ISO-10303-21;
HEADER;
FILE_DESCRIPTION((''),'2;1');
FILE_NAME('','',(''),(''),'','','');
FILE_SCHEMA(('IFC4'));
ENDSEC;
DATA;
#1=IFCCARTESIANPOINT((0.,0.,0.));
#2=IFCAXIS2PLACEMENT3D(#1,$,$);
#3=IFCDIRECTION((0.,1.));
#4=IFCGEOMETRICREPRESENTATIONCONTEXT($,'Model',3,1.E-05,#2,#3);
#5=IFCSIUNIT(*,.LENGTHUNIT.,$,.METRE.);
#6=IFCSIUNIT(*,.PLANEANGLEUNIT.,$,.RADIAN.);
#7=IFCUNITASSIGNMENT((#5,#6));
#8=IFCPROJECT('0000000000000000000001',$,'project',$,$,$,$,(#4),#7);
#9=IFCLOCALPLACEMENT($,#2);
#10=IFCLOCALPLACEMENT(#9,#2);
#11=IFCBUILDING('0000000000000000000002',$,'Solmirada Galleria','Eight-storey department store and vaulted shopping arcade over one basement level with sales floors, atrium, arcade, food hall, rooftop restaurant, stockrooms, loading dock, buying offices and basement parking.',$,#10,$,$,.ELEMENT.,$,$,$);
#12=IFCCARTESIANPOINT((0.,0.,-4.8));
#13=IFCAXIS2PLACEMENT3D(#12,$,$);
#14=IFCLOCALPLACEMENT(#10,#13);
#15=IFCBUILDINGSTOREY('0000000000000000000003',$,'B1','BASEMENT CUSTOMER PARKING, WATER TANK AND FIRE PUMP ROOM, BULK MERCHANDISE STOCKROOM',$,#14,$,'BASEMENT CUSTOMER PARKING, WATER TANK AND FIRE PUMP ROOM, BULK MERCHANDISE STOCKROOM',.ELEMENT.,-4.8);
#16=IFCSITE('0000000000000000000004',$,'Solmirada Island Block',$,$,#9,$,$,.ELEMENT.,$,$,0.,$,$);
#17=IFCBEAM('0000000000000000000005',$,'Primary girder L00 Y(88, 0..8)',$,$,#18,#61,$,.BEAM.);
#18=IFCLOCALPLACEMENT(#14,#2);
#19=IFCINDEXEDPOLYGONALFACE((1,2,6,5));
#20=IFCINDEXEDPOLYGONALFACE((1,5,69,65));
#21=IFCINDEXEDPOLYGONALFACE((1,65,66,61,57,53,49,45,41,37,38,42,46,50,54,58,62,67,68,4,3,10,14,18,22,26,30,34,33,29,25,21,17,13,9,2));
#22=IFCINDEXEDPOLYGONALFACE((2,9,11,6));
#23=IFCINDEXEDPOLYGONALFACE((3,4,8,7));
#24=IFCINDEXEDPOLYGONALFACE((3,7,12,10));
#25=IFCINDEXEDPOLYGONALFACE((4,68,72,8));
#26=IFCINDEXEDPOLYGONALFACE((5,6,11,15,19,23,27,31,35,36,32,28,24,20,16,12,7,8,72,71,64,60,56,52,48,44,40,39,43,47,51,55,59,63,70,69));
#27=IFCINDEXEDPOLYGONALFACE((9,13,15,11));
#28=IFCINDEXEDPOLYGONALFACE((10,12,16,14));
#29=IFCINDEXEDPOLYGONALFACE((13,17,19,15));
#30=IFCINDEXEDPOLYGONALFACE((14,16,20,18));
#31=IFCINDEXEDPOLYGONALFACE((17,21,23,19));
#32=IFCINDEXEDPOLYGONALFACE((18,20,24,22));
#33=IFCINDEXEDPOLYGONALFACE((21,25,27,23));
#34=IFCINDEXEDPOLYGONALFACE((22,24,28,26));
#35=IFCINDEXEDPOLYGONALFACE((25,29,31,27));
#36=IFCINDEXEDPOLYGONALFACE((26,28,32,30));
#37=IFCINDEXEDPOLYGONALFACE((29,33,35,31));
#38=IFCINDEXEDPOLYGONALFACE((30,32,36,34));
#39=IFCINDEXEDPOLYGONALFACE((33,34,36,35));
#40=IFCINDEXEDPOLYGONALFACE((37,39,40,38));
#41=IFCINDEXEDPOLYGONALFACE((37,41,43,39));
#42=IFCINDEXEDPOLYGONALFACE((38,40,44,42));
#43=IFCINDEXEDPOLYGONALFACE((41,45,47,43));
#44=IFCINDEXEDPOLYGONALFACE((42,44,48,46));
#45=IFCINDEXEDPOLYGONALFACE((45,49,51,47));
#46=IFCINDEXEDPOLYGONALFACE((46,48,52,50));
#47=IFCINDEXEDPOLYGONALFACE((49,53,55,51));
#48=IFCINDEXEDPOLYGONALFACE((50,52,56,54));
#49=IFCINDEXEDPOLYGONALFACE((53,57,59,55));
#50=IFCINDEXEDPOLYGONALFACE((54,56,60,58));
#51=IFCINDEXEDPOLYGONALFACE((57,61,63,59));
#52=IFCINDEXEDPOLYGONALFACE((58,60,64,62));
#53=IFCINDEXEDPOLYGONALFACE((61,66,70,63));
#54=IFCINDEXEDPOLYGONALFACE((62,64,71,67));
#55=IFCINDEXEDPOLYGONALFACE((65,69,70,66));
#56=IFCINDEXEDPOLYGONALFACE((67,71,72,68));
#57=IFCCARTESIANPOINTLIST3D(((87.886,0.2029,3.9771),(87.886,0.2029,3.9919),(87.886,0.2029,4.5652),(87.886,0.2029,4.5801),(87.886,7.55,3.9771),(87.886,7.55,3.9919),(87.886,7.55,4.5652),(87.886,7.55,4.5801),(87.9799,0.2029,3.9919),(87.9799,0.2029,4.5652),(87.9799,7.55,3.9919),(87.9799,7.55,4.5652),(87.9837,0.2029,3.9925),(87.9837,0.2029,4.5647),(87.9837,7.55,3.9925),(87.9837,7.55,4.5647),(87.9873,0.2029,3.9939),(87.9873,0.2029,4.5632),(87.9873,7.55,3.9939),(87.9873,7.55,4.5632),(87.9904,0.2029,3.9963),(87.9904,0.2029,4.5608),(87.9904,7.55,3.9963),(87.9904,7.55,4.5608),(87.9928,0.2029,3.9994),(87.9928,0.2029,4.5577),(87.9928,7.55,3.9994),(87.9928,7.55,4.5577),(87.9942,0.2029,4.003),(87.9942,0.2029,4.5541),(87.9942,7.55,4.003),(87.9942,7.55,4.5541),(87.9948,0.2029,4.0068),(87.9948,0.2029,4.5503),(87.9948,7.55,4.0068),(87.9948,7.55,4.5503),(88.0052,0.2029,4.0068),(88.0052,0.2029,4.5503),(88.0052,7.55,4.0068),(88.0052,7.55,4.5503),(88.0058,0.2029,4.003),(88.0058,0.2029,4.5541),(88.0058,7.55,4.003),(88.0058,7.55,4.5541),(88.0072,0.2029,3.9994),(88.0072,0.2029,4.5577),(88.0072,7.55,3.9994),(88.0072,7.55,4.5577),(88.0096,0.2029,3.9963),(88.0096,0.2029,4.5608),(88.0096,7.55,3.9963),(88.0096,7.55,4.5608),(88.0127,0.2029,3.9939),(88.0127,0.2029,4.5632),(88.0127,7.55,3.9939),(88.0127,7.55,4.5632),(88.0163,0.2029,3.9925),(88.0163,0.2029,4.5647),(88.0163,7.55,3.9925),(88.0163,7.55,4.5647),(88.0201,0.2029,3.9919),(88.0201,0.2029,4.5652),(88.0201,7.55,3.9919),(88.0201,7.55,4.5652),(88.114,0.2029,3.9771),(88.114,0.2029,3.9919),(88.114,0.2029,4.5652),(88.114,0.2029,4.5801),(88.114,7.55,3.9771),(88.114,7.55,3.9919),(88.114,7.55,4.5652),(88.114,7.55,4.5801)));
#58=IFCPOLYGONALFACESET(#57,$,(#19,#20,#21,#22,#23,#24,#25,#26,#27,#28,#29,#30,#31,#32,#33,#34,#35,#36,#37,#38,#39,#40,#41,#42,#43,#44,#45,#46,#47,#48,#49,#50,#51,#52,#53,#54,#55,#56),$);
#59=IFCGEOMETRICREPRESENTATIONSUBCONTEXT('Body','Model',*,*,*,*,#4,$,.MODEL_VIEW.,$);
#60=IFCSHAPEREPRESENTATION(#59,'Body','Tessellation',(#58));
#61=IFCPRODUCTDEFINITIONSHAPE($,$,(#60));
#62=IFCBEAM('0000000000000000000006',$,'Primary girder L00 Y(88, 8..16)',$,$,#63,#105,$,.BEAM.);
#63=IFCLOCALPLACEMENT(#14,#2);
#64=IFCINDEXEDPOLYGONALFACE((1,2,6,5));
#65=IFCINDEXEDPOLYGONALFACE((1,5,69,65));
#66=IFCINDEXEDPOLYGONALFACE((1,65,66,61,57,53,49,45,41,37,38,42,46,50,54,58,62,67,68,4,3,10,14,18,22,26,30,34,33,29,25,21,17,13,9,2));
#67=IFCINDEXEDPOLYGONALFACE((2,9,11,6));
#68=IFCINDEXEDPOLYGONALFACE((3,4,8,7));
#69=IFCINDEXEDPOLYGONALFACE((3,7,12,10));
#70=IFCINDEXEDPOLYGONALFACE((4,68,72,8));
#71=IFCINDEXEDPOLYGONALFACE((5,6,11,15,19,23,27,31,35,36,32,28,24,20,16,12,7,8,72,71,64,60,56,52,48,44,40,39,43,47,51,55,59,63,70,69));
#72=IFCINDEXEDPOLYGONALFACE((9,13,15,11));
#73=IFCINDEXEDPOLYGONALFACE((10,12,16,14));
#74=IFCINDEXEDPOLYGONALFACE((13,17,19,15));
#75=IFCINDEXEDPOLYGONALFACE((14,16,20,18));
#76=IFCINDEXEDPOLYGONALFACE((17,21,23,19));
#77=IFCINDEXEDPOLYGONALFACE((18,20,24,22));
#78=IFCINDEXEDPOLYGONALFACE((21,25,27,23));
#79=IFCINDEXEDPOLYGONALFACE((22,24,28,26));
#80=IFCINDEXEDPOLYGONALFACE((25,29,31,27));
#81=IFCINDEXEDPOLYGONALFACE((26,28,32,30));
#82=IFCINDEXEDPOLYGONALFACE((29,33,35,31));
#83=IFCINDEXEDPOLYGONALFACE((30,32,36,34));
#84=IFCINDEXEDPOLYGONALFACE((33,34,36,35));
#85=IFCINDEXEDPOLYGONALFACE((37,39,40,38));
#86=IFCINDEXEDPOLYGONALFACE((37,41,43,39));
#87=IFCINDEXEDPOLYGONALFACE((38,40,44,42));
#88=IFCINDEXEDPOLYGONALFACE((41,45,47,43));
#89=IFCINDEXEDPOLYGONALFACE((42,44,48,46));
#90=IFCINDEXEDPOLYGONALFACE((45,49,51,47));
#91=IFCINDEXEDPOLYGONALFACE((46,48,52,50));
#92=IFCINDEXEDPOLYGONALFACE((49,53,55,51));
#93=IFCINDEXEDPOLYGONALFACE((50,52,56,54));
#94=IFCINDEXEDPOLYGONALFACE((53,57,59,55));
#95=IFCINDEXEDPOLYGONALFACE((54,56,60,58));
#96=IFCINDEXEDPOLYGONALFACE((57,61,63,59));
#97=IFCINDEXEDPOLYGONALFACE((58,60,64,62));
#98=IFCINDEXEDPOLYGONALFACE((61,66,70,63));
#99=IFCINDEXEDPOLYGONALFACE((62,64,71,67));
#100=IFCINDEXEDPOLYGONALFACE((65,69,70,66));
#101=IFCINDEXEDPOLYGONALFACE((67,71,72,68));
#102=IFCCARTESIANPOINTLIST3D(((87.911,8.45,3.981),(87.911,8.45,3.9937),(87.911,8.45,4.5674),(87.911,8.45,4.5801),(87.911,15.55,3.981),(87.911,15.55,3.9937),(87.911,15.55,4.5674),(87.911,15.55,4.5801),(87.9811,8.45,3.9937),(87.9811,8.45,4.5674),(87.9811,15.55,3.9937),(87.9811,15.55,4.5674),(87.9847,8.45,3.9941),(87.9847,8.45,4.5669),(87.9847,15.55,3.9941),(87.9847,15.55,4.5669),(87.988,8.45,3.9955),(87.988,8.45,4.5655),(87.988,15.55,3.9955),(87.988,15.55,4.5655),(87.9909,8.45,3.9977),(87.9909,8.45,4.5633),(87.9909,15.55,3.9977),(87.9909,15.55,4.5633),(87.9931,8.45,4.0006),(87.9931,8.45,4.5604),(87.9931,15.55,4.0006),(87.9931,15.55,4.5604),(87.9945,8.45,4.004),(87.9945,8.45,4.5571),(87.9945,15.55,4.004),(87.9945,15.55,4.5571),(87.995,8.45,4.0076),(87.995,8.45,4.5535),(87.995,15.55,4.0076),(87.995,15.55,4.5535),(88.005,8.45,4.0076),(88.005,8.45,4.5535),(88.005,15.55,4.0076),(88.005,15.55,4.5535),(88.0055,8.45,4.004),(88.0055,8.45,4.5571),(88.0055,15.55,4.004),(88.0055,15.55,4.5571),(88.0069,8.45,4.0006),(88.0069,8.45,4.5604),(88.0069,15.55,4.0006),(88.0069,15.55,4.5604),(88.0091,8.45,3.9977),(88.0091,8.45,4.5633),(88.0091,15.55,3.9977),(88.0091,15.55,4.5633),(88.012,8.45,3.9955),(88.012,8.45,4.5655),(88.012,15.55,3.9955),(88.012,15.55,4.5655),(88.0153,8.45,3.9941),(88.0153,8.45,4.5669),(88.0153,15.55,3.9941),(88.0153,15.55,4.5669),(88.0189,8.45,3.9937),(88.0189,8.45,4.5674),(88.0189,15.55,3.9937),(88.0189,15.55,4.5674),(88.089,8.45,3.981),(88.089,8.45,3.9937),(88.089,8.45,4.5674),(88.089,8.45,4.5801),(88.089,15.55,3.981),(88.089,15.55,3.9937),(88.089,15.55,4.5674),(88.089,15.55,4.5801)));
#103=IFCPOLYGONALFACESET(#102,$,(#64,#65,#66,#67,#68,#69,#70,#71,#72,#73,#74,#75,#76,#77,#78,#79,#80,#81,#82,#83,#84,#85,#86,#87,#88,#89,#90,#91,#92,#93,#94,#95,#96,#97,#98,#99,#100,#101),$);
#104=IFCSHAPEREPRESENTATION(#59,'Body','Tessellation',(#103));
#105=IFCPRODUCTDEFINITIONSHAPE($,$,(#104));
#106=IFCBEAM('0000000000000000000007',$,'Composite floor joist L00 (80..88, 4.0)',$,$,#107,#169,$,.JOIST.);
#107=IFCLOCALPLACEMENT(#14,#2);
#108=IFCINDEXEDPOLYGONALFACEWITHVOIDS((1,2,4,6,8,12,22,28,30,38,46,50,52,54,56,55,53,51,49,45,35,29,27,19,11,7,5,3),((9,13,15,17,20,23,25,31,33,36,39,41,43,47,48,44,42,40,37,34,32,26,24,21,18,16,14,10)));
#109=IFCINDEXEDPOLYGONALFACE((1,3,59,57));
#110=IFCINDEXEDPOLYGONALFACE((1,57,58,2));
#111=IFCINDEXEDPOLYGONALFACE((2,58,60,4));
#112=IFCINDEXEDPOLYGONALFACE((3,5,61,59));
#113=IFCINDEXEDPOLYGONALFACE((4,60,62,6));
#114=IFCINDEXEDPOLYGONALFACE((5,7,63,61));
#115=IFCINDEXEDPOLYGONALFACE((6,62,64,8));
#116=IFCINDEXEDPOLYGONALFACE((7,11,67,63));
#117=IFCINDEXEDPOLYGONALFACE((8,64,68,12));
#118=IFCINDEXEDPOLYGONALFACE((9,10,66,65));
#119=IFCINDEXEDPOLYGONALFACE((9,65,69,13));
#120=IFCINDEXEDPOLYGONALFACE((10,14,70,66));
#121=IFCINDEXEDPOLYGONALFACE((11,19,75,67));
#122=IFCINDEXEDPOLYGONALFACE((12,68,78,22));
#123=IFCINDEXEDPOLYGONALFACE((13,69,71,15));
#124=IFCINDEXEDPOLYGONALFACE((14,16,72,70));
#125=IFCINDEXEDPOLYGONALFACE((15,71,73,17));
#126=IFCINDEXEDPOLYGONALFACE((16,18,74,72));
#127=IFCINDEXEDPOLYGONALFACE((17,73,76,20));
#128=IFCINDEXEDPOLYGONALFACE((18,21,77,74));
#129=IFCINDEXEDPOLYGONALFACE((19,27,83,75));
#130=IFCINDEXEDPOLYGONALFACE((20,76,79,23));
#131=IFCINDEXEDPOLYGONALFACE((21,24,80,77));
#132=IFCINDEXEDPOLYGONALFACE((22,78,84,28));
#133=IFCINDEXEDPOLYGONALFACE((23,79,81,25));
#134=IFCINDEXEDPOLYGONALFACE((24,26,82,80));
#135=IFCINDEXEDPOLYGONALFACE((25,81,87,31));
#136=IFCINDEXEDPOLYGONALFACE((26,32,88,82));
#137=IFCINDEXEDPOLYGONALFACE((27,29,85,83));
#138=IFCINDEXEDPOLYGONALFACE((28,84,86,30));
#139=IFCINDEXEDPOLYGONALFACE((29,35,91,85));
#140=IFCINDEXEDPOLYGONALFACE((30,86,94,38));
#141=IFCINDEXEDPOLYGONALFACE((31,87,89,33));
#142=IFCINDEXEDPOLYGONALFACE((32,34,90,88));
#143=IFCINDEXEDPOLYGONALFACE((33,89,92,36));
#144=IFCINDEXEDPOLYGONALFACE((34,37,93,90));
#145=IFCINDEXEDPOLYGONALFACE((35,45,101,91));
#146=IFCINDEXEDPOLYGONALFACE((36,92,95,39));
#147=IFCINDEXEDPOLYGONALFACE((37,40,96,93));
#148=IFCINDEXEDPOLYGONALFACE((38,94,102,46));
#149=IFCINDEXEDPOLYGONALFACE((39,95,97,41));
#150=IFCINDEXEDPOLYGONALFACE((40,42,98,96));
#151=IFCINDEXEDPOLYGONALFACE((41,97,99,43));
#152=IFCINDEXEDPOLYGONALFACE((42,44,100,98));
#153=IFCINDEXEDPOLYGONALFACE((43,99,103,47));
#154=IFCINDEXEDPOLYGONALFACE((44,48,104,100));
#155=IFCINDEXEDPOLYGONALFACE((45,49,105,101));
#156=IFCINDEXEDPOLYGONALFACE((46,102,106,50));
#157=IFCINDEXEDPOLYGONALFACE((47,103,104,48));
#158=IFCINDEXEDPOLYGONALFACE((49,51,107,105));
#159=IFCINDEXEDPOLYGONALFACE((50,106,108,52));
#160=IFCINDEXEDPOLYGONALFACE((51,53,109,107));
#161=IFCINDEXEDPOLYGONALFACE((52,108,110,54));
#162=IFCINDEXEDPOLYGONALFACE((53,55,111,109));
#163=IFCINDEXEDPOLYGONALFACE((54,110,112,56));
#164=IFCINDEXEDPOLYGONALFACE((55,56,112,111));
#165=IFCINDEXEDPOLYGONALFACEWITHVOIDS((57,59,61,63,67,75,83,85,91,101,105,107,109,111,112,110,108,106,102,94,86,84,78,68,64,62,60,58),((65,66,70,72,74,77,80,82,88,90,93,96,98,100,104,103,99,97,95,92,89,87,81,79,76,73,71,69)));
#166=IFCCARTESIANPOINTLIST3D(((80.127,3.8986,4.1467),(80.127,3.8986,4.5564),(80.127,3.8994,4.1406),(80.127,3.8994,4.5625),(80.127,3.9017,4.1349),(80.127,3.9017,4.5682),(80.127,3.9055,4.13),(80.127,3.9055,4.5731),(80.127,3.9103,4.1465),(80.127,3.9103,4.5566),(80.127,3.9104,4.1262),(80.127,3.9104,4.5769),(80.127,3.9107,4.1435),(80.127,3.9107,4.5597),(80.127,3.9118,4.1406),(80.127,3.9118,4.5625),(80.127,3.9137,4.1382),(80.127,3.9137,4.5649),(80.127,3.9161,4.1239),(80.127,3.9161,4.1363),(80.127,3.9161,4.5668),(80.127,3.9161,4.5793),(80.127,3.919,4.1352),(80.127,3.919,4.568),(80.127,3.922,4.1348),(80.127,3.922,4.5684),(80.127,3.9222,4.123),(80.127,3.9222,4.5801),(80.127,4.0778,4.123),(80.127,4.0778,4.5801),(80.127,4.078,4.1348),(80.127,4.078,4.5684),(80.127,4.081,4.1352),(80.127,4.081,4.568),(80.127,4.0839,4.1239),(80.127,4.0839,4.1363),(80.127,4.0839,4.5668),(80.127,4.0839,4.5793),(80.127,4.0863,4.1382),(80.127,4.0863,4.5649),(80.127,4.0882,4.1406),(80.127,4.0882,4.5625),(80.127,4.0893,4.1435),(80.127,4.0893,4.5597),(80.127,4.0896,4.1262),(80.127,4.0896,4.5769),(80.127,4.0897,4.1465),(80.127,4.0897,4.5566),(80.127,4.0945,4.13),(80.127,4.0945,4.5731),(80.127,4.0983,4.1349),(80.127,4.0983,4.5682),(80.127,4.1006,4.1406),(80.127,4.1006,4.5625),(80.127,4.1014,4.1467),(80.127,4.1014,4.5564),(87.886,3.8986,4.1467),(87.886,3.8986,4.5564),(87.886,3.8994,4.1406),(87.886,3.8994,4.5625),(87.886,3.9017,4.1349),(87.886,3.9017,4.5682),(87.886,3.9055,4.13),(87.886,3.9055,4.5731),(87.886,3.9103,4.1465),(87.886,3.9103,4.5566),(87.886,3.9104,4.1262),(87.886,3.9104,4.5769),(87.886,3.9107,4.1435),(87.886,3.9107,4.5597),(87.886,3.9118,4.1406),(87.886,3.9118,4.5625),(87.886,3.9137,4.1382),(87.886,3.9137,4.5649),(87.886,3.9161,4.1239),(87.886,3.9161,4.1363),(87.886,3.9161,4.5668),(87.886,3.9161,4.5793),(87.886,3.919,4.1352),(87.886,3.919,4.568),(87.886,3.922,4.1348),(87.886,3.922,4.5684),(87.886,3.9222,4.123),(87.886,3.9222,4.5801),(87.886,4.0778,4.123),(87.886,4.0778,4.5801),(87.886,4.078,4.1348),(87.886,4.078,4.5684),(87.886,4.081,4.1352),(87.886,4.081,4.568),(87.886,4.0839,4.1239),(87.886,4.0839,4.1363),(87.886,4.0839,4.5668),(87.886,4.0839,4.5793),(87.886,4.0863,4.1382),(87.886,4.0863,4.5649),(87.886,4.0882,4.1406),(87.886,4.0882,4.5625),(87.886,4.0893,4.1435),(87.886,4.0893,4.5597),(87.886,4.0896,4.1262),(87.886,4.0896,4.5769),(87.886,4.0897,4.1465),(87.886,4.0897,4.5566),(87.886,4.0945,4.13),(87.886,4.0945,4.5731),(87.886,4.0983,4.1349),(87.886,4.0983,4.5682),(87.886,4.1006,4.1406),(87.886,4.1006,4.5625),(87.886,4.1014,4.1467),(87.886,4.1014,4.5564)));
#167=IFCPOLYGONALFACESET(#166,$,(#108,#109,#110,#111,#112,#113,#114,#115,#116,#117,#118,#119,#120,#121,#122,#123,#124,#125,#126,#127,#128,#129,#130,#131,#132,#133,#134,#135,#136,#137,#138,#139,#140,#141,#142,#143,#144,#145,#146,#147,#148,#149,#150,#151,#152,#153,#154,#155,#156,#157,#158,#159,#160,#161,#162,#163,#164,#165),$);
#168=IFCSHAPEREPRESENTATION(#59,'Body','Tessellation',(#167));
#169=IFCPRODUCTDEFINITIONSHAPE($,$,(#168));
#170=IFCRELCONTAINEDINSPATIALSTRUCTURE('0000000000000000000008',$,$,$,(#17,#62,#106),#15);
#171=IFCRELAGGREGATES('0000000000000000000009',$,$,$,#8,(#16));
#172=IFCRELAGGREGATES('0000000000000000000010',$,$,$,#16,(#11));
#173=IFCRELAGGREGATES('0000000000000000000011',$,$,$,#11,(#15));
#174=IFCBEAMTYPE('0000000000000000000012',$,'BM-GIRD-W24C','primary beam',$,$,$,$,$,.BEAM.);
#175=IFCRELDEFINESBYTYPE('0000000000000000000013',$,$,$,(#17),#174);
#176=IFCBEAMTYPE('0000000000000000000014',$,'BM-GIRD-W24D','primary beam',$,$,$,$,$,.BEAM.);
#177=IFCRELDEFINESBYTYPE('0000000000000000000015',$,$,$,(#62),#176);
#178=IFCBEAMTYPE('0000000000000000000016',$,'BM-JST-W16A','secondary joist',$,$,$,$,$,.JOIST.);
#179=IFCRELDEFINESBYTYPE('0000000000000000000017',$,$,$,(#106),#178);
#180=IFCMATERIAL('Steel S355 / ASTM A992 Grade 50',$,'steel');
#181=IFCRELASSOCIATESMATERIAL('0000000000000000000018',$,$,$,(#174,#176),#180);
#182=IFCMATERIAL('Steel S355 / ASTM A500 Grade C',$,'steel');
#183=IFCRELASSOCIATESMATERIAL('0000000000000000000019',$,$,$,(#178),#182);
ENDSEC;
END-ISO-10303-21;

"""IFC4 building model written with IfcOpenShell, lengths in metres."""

from ifc_helpers import new_model, si_unit, direction, frame, origin, origin_2d, place, context, subcontext, project, spatial, hollow_rectangle, i_section, extrude, material, material_profile, profile_set, type_object, element, save


model = new_model("IFC4")

# Units and contexts
model_context = context("Model", 3, precision=1e-05, world=origin(), true_north=direction((0.0, 1.0)))
body_context = subcontext(model_context, "Body", "Model", "MODEL_VIEW")
ifc_project = project(units=[si_unit("LENGTHUNIT", "METRE"), si_unit("PLANEANGLEUNIT", "RADIAN")], contexts=[model_context])

# Site, building, storey
site_placement = place(None, origin())
site = spatial("IfcSite", under=ifc_project, at=site_placement, Name="Solmirada Island Block", CompositionType="ELEMENT", RefElevation=0.0)
building_placement = place(site_placement, origin())
building = spatial("IfcBuilding", under=site, at=building_placement, Name="Solmirada Galleria", Description="Eight-storey department store and vaulted shopping arcade over one basement level with sales floors, atrium, arcade, food hall, rooftop restaurant, stockrooms, loading dock, buying offices and basement parking.", CompositionType="ELEMENT")
storey_placement = place(building_placement, frame((0.0, 0.0, -4.8)))
storey = spatial("IfcBuildingStorey", under=building, at=storey_placement, Name="B1", Description="BASEMENT CUSTOMER PARKING, WATER TANK AND FIRE PUMP ROOM, BULK MERCHANDISE STOCKROOM", LongName="BASEMENT CUSTOMER PARKING, WATER TANK AND FIRE PUMP ROOM, BULK MERCHANDISE STOCKROOM", CompositionType="ELEMENT", Elevation=-4.8)

# Shared definitions
ifc_material_1 = material(Name="Steel S355 / ASTM A500 Grade C", Category="steel")

# Beams
ifc_material_2 = material(Name="Steel S355 / ASTM A992 Grade 50", Category="steel")
ifc_material_profile_1 = material_profile(ifc_material_2, i_section(OverallWidth=0.228, OverallDepth=0.603, WebThickness=0.0105, FlangeThickness=0.0149, FilletRadius=0.0149, at=origin_2d()), Name="W24X68")
ifc_profile_set_1 = profile_set([ifc_material_profile_1], Name="Steel S355 / ASTM A992 Grade 50")
beam_type_1 = type_object("IfcBeamType", Name="BM-GIRD-W24C", Description="primary beam", PredefinedType="BEAM", material=ifc_profile_set_1)
beam_1_placement = place(storey_placement, frame((88.0, 0.2029, 4.2786), z_axis=(0.0, 1.0, 0.0), x_axis=(-1.0, 0.0, 0.0)))
element("IfcBeam", 1, at=beam_1_placement, inside=storey, type_object=beam_type_1, Name="Primary girder L00 Y(88, 0..8)", PredefinedType="BEAM", context=body_context, shape_type="SweptSolid", body=[
    extrude(i_section(OverallWidth=0.228, OverallDepth=0.603, WebThickness=0.0105, FlangeThickness=0.0149, FilletRadius=0.0149, at=origin_2d()), origin(), (0.0, 0.0, 1.0), 7.3472),
])
ifc_material_profile_2 = material_profile(ifc_material_2, i_section(OverallWidth=0.178, OverallDepth=0.5991, WebThickness=0.01, FlangeThickness=0.0127, FilletRadius=0.0139, at=origin_2d()), Name="W24X55")
ifc_profile_set_2 = profile_set([ifc_material_profile_2], Name="Steel S355 / ASTM A992 Grade 50")
beam_type_2 = type_object("IfcBeamType", Name="BM-GIRD-W24D", Description="primary beam", PredefinedType="BEAM", material=ifc_profile_set_2)
beam_2_placement = place(storey_placement, frame((88.0, 8.45, 4.2805), z_axis=(0.0, 1.0, 0.0), x_axis=(-1.0, 0.0, 0.0)))
element("IfcBeam", 2, at=beam_2_placement, inside=storey, type_object=beam_type_2, Name="Primary girder L00 Y(88, 8..16)", PredefinedType="BEAM", context=body_context, shape_type="SweptSolid", body=[
    extrude(i_section(OverallWidth=0.178, OverallDepth=0.5991, WebThickness=0.01, FlangeThickness=0.0127, FilletRadius=0.0139, at=origin_2d()), origin(), (0.0, 0.0, 1.0), 7.1001),
])
ifc_material_profile_3 = material_profile(ifc_material_1, hollow_rectangle(XDim=0.2029, YDim=0.457, WallThickness=0.0117, InnerFilletRadius=0.0117, OuterFilletRadius=0.0237, at=origin_2d()), Name="HSS18X8X1/2")
ifc_profile_set_3 = profile_set([ifc_material_profile_3], Name="Steel S355 / ASTM A500 Grade C")
beam_type_3 = type_object("IfcBeamType", Name="BM-JST-W16A", Description="secondary joist", PredefinedType="JOIST", material=ifc_profile_set_3)
beam_3_placement = place(storey_placement, frame((80.127, 4.0, 4.3516), z_axis=(1.0, 0.0, 0.0), x_axis=(0.0, 1.0, 0.0)))
element("IfcBeam", 3, at=beam_3_placement, inside=storey, type_object=beam_type_3, Name="Composite floor joist L00 (80..88, 4.0)", PredefinedType="JOIST", context=body_context, shape_type="SweptSolid", body=[
    extrude(hollow_rectangle(XDim=0.2029, YDim=0.457, WallThickness=0.0117, InnerFilletRadius=0.0117, OuterFilletRadius=0.0237, at=origin_2d()), origin(), (0.0, 0.0, 1.0), 7.759),
])

save(model, "model.ifc")
